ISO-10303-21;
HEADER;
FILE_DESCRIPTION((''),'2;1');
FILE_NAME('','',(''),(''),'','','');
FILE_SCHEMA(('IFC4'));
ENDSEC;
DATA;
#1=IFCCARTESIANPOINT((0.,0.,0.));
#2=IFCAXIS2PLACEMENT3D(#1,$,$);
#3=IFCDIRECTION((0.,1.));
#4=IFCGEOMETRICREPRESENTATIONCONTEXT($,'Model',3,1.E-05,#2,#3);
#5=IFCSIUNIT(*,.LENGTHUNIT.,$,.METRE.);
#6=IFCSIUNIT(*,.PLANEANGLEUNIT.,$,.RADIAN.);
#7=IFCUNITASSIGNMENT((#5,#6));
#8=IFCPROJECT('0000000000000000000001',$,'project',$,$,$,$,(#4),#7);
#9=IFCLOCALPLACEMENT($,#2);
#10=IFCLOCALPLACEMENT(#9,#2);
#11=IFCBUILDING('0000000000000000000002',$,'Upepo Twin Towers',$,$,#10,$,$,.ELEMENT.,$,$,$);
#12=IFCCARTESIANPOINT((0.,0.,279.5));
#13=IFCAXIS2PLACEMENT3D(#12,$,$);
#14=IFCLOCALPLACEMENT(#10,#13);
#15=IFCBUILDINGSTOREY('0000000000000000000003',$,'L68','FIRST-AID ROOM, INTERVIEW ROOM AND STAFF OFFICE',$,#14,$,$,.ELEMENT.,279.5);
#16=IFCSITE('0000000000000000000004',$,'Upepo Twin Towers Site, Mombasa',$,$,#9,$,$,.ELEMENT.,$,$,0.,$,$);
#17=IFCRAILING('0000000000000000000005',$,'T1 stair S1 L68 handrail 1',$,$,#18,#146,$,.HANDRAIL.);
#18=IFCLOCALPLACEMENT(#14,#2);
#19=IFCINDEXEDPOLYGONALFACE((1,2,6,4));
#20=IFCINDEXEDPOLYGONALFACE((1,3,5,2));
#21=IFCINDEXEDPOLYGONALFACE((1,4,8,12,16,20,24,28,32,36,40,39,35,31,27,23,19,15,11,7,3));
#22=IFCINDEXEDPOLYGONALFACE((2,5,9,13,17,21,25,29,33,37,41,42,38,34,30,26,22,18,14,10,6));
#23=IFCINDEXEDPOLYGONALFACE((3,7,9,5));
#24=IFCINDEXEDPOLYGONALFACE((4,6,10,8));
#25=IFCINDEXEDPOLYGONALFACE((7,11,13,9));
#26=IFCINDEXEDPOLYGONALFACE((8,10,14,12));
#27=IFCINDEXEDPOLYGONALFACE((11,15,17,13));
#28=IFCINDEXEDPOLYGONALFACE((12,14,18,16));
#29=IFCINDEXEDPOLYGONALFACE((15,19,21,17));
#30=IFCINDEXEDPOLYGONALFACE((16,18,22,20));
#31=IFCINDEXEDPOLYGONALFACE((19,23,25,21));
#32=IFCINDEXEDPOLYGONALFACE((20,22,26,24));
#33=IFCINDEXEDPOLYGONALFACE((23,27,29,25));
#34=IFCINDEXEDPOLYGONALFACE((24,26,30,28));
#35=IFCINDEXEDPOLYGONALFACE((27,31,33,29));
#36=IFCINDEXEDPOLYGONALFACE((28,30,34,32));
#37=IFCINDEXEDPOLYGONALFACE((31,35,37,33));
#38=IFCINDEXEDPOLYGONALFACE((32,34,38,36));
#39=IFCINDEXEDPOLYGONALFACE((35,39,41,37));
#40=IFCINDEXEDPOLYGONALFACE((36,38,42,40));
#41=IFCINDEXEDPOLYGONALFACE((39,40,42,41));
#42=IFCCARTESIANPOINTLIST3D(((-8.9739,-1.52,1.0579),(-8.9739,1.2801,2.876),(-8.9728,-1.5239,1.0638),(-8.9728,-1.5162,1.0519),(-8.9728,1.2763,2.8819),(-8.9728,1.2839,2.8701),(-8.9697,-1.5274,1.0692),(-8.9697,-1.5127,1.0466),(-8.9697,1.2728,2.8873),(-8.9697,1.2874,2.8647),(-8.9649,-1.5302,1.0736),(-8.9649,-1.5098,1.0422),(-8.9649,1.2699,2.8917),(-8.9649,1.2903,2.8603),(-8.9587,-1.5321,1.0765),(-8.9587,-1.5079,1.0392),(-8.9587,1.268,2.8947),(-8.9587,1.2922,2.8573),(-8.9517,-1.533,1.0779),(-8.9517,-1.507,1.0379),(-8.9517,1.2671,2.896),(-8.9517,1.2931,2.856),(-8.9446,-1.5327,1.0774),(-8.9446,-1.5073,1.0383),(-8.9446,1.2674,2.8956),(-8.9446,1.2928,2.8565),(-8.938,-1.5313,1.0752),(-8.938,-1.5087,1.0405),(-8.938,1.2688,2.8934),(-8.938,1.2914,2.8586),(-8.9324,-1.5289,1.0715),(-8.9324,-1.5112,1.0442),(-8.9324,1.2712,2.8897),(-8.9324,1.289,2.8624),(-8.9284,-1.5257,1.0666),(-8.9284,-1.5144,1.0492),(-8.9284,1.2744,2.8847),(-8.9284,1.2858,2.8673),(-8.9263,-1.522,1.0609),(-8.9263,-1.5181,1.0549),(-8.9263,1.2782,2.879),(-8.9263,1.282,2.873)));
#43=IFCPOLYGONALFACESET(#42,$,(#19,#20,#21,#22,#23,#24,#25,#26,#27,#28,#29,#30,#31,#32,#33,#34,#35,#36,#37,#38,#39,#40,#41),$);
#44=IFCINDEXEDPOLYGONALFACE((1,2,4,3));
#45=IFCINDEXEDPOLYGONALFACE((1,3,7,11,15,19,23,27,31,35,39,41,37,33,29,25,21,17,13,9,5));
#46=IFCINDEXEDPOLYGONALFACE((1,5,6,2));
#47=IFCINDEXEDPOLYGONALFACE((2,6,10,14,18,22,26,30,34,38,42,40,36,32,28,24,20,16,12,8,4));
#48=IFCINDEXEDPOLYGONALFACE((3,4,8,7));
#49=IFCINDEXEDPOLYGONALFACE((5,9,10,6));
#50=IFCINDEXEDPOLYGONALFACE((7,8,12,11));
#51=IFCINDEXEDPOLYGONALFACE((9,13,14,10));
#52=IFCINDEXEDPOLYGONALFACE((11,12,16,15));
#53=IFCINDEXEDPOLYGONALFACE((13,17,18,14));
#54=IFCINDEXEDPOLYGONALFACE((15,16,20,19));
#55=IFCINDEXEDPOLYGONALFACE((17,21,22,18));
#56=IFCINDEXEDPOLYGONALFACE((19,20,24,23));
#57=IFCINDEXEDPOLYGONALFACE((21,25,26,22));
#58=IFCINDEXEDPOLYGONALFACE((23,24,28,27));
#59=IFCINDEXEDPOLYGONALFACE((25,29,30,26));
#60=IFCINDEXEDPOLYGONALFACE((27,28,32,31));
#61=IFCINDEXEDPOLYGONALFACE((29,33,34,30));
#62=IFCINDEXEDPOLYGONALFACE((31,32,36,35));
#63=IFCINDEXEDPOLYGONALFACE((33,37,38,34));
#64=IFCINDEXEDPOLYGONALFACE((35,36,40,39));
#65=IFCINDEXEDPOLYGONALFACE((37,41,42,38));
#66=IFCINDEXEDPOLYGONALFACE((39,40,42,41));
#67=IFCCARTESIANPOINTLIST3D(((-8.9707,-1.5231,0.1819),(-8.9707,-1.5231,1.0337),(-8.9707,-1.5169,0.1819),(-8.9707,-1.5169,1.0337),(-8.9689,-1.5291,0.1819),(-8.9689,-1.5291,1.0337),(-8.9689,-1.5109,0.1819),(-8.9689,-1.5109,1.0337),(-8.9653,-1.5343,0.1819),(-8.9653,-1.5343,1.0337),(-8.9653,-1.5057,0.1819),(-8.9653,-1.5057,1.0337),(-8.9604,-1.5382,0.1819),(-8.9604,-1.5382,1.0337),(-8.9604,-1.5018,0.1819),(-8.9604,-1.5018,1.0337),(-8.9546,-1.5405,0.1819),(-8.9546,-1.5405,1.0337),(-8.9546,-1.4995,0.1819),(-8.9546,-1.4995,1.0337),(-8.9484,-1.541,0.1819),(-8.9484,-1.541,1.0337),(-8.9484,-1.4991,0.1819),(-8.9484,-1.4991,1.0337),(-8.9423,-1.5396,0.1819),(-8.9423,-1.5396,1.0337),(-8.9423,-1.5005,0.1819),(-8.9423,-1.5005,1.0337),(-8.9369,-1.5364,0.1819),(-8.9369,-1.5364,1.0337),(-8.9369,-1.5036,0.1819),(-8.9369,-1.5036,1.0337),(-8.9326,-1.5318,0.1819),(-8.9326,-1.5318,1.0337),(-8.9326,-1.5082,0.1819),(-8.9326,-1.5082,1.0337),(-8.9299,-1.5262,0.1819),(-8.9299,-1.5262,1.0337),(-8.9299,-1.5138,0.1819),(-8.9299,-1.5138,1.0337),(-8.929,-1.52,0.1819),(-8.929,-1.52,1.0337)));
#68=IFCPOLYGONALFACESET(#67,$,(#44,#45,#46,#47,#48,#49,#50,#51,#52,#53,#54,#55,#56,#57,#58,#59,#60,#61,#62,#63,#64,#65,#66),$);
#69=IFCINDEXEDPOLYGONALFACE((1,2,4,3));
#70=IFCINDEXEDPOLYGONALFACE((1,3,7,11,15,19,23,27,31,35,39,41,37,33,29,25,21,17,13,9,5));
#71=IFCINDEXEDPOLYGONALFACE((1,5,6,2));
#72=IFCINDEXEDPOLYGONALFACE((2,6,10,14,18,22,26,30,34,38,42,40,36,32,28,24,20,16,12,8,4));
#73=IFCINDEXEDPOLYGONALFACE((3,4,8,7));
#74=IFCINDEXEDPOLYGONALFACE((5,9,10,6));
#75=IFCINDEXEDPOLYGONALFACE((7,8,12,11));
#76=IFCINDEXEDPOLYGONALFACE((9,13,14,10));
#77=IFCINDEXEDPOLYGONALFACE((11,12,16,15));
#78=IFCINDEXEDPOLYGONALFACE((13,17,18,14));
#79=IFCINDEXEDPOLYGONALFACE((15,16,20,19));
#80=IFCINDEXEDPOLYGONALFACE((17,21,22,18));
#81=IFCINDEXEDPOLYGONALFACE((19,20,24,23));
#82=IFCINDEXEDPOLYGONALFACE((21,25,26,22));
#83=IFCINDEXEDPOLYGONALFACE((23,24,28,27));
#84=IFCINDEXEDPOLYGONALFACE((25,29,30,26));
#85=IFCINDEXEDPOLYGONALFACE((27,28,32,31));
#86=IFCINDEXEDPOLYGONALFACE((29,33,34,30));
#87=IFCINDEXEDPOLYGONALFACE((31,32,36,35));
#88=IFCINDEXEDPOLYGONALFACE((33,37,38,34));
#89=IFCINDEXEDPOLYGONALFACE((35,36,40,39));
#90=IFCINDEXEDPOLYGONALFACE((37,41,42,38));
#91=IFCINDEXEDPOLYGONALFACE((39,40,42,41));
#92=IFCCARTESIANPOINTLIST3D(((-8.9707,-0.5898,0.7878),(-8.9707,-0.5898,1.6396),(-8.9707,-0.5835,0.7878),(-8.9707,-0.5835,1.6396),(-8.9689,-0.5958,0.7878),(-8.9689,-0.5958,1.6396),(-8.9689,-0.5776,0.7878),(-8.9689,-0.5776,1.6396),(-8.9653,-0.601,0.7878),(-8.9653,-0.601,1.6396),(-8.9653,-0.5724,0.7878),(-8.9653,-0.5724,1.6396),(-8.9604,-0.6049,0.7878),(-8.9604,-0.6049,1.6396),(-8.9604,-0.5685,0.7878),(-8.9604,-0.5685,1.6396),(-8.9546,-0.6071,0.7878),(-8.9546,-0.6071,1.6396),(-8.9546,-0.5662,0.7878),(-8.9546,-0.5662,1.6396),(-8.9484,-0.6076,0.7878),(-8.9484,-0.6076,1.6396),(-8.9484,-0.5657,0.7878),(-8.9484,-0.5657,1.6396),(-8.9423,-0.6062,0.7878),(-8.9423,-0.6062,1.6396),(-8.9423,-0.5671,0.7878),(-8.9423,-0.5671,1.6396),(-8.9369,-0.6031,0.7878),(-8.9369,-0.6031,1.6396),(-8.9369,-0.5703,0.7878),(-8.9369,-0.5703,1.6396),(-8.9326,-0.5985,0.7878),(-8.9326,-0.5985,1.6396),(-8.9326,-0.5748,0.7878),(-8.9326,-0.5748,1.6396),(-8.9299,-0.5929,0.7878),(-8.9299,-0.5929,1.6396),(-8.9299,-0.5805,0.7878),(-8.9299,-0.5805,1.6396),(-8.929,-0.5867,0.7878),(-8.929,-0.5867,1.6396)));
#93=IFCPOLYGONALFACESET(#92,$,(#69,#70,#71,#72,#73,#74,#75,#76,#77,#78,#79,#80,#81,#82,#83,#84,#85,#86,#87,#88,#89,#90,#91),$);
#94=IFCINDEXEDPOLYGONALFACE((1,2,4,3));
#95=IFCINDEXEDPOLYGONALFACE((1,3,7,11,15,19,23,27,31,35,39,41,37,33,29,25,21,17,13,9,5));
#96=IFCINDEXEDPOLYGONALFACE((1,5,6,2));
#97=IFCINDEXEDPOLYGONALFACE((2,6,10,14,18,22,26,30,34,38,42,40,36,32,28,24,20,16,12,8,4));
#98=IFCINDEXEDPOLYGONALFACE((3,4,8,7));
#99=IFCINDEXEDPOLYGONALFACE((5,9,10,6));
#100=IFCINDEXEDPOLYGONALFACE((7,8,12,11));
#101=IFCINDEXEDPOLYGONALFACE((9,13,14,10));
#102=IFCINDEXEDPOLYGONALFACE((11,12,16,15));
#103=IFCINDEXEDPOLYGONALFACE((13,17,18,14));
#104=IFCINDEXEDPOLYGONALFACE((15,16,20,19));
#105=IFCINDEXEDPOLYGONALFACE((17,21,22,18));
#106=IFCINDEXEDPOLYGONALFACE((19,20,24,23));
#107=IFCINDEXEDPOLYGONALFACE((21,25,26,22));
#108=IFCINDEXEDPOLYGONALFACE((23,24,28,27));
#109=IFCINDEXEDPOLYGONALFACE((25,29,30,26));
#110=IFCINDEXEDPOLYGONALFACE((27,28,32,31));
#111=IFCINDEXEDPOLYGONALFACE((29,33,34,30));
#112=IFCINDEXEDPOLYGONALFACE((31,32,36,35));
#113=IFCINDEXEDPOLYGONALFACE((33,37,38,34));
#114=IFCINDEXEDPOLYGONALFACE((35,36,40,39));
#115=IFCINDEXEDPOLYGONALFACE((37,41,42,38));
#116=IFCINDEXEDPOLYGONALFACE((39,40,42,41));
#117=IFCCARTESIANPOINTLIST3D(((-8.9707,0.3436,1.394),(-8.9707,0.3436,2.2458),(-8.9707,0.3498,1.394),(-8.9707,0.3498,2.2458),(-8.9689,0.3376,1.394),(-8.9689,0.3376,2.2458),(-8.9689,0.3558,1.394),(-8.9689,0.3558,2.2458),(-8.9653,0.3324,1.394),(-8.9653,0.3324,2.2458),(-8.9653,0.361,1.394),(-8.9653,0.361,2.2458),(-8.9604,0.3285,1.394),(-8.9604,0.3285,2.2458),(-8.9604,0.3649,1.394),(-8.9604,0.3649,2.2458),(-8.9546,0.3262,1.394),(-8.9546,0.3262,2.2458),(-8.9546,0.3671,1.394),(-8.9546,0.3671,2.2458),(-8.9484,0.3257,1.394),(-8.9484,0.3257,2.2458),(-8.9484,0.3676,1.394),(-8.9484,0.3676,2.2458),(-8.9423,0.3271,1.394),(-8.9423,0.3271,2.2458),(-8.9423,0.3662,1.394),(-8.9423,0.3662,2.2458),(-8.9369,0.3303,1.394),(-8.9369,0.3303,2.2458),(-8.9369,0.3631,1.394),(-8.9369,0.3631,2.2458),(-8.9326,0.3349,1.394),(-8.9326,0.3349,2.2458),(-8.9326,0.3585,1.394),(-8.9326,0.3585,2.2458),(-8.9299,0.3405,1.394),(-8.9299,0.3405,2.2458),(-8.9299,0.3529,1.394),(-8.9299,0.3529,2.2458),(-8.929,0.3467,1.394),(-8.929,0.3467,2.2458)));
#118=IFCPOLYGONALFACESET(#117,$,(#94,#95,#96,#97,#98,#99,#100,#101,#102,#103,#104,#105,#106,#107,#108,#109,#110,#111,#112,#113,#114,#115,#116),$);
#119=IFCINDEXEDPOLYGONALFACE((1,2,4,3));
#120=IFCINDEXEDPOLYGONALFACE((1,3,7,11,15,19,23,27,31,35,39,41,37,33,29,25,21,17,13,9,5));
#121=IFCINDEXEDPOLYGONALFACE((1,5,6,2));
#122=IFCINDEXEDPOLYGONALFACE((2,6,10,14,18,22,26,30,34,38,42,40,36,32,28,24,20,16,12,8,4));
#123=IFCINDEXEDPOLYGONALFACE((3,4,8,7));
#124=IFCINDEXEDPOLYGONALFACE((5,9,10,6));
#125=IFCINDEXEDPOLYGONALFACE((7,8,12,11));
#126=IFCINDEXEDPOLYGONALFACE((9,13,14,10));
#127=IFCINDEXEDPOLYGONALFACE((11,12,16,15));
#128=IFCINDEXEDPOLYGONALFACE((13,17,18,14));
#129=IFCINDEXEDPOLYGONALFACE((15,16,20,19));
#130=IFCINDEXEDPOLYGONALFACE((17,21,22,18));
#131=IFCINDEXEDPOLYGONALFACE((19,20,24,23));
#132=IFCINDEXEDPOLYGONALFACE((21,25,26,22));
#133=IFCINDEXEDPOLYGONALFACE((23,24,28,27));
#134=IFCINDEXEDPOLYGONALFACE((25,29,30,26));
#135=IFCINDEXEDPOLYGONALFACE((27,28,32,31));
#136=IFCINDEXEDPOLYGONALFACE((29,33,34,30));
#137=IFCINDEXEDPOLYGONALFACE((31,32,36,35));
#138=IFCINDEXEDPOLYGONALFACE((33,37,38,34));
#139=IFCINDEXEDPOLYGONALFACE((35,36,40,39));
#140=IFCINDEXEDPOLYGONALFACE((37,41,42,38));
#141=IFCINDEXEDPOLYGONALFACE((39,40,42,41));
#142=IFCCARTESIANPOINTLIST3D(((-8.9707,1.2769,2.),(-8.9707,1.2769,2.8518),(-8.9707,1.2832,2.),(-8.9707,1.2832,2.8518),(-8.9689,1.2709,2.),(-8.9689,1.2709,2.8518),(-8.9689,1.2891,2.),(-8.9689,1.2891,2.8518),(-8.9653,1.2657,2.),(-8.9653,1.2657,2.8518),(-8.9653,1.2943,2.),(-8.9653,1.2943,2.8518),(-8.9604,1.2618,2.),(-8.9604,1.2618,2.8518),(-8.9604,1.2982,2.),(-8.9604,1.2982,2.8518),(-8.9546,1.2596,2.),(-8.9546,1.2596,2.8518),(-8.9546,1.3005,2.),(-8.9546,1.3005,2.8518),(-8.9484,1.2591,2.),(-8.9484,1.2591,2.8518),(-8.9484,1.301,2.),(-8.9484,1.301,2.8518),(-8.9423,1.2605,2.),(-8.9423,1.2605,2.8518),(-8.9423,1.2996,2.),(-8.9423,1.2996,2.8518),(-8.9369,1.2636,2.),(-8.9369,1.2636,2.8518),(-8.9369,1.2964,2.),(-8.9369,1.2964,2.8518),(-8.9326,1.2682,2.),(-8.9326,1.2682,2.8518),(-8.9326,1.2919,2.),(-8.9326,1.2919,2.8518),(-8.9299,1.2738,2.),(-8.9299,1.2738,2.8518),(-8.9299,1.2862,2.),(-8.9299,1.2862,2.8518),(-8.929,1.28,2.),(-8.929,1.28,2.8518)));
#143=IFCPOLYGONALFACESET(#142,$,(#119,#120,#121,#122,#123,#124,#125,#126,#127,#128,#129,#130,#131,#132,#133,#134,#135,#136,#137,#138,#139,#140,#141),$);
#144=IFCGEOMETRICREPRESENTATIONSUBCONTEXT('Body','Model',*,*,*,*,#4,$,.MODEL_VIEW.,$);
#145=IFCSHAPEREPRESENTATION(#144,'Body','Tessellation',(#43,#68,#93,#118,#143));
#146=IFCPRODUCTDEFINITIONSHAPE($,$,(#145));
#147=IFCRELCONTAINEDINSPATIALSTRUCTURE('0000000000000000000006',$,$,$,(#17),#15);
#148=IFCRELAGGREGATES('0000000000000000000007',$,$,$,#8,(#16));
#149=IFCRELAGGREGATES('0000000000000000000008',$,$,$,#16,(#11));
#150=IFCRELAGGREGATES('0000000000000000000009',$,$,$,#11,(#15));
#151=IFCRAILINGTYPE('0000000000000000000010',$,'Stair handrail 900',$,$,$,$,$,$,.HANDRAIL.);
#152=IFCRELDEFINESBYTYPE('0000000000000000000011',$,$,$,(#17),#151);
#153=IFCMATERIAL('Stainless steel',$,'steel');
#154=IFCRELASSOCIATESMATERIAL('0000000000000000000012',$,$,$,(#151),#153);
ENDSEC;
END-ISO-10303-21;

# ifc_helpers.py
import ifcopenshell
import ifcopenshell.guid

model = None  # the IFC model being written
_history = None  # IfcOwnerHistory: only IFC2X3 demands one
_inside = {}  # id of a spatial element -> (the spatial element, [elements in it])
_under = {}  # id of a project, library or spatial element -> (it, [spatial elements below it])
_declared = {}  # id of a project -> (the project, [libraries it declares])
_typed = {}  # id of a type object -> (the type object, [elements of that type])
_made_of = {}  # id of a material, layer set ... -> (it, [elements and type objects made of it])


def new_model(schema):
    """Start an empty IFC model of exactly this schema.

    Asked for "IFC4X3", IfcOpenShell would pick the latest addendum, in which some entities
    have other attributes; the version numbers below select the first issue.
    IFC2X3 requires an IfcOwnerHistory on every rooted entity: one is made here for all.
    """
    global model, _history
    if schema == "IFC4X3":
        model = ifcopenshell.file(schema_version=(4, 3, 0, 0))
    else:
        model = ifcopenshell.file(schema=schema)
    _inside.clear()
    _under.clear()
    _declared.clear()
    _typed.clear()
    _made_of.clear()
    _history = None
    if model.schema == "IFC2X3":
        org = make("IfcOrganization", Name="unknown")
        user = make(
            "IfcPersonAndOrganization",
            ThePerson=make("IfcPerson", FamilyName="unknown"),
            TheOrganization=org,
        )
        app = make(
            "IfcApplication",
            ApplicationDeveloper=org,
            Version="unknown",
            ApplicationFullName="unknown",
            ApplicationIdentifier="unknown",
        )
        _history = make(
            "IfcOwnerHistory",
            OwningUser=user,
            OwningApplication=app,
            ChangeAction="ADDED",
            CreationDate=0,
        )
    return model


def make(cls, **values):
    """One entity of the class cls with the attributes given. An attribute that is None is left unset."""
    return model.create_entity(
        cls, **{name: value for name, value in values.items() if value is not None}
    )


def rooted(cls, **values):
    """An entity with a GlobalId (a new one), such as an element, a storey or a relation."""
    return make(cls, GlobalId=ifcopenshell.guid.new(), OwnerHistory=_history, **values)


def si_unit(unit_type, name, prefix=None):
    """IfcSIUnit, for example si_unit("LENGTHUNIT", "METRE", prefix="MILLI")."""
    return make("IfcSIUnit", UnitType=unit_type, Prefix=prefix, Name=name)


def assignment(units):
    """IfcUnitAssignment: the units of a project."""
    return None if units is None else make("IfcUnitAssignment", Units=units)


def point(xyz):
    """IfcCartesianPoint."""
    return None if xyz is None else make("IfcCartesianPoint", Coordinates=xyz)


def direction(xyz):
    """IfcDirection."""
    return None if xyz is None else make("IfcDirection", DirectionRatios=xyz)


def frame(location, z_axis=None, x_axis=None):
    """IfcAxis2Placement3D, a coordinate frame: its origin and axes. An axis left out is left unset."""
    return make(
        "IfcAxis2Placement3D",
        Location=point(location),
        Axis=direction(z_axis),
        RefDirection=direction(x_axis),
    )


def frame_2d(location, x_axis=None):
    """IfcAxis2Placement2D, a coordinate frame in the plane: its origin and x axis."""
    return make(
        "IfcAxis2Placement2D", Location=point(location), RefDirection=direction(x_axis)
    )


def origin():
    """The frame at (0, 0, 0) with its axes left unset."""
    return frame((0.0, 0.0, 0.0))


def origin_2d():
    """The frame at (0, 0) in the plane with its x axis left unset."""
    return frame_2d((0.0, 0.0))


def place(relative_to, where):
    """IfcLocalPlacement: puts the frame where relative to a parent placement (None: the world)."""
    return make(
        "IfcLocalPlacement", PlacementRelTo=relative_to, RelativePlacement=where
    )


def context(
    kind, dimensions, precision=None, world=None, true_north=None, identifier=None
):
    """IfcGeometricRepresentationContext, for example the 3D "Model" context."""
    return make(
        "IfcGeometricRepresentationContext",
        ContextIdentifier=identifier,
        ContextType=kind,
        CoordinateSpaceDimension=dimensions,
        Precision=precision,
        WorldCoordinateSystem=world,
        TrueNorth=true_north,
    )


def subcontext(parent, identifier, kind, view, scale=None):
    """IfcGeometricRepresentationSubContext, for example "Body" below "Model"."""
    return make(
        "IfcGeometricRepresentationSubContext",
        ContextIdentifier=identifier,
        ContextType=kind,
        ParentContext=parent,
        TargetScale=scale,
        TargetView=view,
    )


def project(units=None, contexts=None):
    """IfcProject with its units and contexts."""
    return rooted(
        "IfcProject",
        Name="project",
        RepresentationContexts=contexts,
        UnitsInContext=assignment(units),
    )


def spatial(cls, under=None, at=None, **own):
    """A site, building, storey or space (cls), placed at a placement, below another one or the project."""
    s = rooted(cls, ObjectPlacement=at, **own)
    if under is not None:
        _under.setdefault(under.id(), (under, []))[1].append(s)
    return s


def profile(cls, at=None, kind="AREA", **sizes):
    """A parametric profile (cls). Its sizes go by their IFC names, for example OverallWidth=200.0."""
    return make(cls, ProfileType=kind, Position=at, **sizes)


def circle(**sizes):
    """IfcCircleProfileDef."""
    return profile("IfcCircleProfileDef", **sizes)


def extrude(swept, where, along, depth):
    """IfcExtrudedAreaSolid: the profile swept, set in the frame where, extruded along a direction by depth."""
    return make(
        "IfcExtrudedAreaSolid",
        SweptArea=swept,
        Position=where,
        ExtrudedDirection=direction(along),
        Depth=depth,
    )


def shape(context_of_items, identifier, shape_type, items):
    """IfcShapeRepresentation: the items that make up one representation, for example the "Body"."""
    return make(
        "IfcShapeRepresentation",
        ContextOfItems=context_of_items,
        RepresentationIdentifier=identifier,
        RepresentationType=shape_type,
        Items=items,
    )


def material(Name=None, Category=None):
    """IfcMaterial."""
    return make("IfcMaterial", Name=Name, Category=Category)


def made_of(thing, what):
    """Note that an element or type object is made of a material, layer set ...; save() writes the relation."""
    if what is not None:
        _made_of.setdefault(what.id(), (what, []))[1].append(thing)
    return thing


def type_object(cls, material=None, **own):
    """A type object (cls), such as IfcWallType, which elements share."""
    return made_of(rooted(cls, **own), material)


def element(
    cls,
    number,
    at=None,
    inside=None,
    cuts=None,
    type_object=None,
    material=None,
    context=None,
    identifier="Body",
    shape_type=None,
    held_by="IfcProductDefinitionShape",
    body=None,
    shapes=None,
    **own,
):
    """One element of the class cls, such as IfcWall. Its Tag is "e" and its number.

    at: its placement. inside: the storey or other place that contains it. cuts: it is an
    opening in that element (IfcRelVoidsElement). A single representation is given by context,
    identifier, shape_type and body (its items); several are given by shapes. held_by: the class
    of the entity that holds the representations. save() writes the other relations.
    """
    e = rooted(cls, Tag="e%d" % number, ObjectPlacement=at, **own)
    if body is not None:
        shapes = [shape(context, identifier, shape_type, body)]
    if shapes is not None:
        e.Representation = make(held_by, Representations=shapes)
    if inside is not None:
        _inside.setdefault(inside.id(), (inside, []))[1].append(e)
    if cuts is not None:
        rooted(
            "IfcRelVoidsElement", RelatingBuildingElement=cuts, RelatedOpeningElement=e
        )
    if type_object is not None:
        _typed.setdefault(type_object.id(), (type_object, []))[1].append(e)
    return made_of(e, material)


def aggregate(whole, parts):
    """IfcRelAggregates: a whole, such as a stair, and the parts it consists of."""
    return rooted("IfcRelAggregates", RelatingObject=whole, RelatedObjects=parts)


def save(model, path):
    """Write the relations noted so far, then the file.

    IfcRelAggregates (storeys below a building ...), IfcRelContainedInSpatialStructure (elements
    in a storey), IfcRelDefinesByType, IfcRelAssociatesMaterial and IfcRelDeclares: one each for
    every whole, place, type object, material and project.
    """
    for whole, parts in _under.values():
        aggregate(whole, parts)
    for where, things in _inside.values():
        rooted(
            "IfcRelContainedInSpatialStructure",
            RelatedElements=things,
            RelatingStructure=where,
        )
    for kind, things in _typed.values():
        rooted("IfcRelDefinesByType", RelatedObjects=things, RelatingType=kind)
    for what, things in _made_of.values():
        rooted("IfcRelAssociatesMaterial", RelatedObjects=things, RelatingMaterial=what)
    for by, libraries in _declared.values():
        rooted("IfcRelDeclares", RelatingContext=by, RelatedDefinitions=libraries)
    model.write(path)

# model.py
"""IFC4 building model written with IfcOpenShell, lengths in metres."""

from ifc_helpers import new_model, si_unit, direction, frame, origin, origin_2d, place, context, subcontext, project, spatial, circle, extrude, material, type_object, element, save


model = new_model("IFC4")

# Units and contexts
model_context = context("Model", 3, precision=1e-05, world=origin(), true_north=direction((0.0, 1.0)))
body_context = subcontext(model_context, "Body", "Model", "MODEL_VIEW")
ifc_project = project(units=[si_unit("LENGTHUNIT", "METRE"), si_unit("PLANEANGLEUNIT", "RADIAN")], contexts=[model_context])

# Site, building, storey
site_placement = place(None, origin())
site = spatial("IfcSite", under=ifc_project, at=site_placement, Name="Upepo Twin Towers Site, Mombasa", CompositionType="ELEMENT", RefElevation=0.0)
building_placement = place(site_placement, origin())
building = spatial("IfcBuilding", under=site, at=building_placement, Name="Upepo Twin Towers", CompositionType="ELEMENT")
storey_placement = place(building_placement, frame((0.0, 0.0, 279.5)))
storey = spatial("IfcBuildingStorey", under=building, at=storey_placement, Name="L68", Description="FIRST-AID ROOM, INTERVIEW ROOM AND STAFF OFFICE", CompositionType="ELEMENT", Elevation=279.5)

# Railing
ifc_material_1 = material(Name="Stainless steel", Category="steel")
railing_type = type_object("IfcRailingType", Name="Stair handrail 900", PredefinedType="HANDRAIL", material=ifc_material_1)
railing_placement = place(storey_placement, frame((-8.95, -1.52, 0.1819)))
element("IfcRailing", 1, at=railing_placement, inside=storey, type_object=railing_type, Name="T1 stair S1 L68 handrail 1", PredefinedType="HANDRAIL", context=body_context, shape_type="SweptSolid", body=[
    extrude(circle(Radius=0.0239, at=origin_2d()), frame((0.0, 0.0, 0.876), z_axis=(0.0, 0.838706, 0.544585), x_axis=(-1.0, 0.0, 0.0)), (0.0, 0.0, 1.0), 3.3386),
    extrude(circle(Radius=0.021, at=origin_2d()), origin(), (0.0, 0.0, 1.0), 0.8518),
    extrude(circle(Radius=0.021, at=origin_2d()), frame((0.0, 0.9333, 0.606)), (0.0, 0.0, 1.0), 0.8518),
    extrude(circle(Radius=0.021, at=origin_2d()), frame((0.0, 1.8667, 1.2122)), (0.0, 0.0, 1.0), 0.8518),
    extrude(circle(Radius=0.021, at=origin_2d()), frame((0.0, 2.8, 1.8181)), (0.0, 0.0, 1.0), 0.8518),
])

save(model, "model.ifc")
